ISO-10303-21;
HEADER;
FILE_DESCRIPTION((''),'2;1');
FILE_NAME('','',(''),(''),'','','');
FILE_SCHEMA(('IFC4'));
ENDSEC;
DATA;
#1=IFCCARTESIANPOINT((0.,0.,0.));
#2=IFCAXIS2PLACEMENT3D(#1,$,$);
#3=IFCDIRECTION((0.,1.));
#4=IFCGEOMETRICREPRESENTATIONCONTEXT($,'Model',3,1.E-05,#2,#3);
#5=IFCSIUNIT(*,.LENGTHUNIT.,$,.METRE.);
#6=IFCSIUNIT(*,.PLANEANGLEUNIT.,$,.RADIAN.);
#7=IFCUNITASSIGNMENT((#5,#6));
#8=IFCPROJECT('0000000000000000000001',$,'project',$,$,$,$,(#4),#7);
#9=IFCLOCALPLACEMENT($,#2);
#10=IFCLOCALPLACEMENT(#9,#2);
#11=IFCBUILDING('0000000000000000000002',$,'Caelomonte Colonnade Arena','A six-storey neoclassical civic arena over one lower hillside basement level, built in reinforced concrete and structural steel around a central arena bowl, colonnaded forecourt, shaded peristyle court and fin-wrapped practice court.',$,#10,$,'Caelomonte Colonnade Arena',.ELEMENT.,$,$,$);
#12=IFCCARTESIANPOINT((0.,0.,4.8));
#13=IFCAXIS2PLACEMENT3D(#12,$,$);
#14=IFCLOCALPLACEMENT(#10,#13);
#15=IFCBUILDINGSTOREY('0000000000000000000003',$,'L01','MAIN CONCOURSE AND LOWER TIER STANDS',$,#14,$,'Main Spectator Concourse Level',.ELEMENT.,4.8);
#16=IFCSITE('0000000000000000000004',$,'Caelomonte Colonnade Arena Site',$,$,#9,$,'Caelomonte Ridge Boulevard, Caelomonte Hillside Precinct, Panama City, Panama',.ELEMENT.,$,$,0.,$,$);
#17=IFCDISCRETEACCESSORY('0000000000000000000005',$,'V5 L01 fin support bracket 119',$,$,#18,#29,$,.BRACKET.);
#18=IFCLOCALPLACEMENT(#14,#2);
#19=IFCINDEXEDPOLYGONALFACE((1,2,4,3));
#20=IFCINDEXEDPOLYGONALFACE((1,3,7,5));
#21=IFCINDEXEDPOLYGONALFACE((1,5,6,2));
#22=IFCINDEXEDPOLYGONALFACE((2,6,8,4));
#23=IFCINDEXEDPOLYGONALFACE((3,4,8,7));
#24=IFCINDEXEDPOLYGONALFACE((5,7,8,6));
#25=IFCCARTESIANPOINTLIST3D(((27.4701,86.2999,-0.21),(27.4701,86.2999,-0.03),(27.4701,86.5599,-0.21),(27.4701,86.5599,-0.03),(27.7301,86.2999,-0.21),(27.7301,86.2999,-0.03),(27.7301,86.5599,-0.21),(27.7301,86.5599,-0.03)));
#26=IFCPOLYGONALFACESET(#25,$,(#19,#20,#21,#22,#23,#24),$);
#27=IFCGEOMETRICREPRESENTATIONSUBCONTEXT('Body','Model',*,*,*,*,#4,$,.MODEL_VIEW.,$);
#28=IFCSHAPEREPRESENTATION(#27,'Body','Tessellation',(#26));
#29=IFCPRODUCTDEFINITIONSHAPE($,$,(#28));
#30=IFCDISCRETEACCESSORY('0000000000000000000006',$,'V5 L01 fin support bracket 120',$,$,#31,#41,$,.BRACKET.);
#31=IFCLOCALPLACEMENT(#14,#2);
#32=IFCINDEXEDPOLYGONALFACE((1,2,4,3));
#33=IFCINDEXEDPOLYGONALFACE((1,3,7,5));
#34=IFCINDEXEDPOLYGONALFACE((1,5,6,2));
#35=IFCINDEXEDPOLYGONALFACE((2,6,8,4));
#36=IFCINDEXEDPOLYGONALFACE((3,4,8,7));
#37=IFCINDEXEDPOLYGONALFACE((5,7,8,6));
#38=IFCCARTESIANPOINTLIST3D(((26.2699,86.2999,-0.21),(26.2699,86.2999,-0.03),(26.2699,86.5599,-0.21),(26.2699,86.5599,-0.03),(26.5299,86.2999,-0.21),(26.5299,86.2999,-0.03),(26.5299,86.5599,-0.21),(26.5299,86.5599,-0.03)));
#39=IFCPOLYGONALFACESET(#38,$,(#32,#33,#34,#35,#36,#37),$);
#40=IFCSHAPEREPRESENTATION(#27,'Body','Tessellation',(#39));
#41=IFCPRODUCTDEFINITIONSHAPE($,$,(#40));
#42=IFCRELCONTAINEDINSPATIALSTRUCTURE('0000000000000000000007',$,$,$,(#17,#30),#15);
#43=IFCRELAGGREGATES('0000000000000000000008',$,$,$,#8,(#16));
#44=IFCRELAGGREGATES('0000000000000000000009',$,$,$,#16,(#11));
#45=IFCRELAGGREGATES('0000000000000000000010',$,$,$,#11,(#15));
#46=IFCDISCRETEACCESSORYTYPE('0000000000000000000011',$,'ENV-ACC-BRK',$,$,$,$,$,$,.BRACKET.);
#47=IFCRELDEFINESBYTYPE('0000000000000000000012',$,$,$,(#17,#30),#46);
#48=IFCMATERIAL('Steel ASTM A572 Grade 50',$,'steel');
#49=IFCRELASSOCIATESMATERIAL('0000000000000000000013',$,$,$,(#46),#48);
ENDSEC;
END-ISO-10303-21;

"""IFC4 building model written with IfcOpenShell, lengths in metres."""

from ifc_helpers import new_model, si_unit, direction, frame, origin, origin_2d, place, context, subcontext, project, spatial, rectangle, extrude, material, type_object, element, save


model = new_model("IFC4")

# Units and contexts
model_context = context("Model", 3, precision=1e-05, world=origin(), true_north=direction((0.0, 1.0)))
body_context = subcontext(model_context, "Body", "Model", "MODEL_VIEW")
ifc_project = project(units=[si_unit("LENGTHUNIT", "METRE"), si_unit("PLANEANGLEUNIT", "RADIAN")], contexts=[model_context])

# Site, building, storey
site_placement = place(None, origin())
site = spatial("IfcSite", under=ifc_project, at=site_placement, Name="Caelomonte Colonnade Arena Site", LongName="Caelomonte Ridge Boulevard, Caelomonte Hillside Precinct, Panama City, Panama", CompositionType="ELEMENT", RefElevation=0.0)
building_placement = place(site_placement, origin())
building = spatial("IfcBuilding", under=site, at=building_placement, Name="Caelomonte Colonnade Arena", Description="A six-storey neoclassical civic arena over one lower hillside basement level, built in reinforced concrete and structural steel around a central arena bowl, colonnaded forecourt, shaded peristyle court and fin-wrapped practice court.", LongName="Caelomonte Colonnade Arena", CompositionType="ELEMENT")
storey_placement = place(building_placement, frame((0.0, 0.0, 4.8)))
storey = spatial("IfcBuildingStorey", under=building, at=storey_placement, Name="L01", Description="MAIN CONCOURSE AND LOWER TIER STANDS", LongName="Main Spectator Concourse Level", CompositionType="ELEMENT", Elevation=4.8)

# Discrete accessories
ifc_material_1 = material(Name="Steel ASTM A572 Grade 50", Category="steel")
discrete_accessory_type = type_object("IfcDiscreteAccessoryType", Name="ENV-ACC-BRK", PredefinedType="BRACKET", material=ifc_material_1)
for number, where, z_axis, x_axis, name in (
    (1, (27.6001, 86.4299, -0.21), (0.0, 0.0, 1.0), (-1.0, 0.0, 0.0), "V5 L01 fin support bracket 119"),
    (2, (26.3999, 86.4299, -0.21), (0.0, 0.0, 1.0), (-1.0, 0.0, 0.0), "V5 L01 fin support bracket 120"),
):
    element("IfcDiscreteAccessory", number, at=place(storey_placement, frame(where, z_axis=z_axis, x_axis=x_axis)), inside=storey, type_object=discrete_accessory_type, Name=name, PredefinedType="BRACKET", context=body_context, shape_type="SweptSolid", body=[
        extrude(rectangle(XDim=0.26, YDim=0.26, at=origin_2d()), origin(), (0.0, 0.0, 1.0), 0.1799),
    ])

save(model, "model.ifc")
